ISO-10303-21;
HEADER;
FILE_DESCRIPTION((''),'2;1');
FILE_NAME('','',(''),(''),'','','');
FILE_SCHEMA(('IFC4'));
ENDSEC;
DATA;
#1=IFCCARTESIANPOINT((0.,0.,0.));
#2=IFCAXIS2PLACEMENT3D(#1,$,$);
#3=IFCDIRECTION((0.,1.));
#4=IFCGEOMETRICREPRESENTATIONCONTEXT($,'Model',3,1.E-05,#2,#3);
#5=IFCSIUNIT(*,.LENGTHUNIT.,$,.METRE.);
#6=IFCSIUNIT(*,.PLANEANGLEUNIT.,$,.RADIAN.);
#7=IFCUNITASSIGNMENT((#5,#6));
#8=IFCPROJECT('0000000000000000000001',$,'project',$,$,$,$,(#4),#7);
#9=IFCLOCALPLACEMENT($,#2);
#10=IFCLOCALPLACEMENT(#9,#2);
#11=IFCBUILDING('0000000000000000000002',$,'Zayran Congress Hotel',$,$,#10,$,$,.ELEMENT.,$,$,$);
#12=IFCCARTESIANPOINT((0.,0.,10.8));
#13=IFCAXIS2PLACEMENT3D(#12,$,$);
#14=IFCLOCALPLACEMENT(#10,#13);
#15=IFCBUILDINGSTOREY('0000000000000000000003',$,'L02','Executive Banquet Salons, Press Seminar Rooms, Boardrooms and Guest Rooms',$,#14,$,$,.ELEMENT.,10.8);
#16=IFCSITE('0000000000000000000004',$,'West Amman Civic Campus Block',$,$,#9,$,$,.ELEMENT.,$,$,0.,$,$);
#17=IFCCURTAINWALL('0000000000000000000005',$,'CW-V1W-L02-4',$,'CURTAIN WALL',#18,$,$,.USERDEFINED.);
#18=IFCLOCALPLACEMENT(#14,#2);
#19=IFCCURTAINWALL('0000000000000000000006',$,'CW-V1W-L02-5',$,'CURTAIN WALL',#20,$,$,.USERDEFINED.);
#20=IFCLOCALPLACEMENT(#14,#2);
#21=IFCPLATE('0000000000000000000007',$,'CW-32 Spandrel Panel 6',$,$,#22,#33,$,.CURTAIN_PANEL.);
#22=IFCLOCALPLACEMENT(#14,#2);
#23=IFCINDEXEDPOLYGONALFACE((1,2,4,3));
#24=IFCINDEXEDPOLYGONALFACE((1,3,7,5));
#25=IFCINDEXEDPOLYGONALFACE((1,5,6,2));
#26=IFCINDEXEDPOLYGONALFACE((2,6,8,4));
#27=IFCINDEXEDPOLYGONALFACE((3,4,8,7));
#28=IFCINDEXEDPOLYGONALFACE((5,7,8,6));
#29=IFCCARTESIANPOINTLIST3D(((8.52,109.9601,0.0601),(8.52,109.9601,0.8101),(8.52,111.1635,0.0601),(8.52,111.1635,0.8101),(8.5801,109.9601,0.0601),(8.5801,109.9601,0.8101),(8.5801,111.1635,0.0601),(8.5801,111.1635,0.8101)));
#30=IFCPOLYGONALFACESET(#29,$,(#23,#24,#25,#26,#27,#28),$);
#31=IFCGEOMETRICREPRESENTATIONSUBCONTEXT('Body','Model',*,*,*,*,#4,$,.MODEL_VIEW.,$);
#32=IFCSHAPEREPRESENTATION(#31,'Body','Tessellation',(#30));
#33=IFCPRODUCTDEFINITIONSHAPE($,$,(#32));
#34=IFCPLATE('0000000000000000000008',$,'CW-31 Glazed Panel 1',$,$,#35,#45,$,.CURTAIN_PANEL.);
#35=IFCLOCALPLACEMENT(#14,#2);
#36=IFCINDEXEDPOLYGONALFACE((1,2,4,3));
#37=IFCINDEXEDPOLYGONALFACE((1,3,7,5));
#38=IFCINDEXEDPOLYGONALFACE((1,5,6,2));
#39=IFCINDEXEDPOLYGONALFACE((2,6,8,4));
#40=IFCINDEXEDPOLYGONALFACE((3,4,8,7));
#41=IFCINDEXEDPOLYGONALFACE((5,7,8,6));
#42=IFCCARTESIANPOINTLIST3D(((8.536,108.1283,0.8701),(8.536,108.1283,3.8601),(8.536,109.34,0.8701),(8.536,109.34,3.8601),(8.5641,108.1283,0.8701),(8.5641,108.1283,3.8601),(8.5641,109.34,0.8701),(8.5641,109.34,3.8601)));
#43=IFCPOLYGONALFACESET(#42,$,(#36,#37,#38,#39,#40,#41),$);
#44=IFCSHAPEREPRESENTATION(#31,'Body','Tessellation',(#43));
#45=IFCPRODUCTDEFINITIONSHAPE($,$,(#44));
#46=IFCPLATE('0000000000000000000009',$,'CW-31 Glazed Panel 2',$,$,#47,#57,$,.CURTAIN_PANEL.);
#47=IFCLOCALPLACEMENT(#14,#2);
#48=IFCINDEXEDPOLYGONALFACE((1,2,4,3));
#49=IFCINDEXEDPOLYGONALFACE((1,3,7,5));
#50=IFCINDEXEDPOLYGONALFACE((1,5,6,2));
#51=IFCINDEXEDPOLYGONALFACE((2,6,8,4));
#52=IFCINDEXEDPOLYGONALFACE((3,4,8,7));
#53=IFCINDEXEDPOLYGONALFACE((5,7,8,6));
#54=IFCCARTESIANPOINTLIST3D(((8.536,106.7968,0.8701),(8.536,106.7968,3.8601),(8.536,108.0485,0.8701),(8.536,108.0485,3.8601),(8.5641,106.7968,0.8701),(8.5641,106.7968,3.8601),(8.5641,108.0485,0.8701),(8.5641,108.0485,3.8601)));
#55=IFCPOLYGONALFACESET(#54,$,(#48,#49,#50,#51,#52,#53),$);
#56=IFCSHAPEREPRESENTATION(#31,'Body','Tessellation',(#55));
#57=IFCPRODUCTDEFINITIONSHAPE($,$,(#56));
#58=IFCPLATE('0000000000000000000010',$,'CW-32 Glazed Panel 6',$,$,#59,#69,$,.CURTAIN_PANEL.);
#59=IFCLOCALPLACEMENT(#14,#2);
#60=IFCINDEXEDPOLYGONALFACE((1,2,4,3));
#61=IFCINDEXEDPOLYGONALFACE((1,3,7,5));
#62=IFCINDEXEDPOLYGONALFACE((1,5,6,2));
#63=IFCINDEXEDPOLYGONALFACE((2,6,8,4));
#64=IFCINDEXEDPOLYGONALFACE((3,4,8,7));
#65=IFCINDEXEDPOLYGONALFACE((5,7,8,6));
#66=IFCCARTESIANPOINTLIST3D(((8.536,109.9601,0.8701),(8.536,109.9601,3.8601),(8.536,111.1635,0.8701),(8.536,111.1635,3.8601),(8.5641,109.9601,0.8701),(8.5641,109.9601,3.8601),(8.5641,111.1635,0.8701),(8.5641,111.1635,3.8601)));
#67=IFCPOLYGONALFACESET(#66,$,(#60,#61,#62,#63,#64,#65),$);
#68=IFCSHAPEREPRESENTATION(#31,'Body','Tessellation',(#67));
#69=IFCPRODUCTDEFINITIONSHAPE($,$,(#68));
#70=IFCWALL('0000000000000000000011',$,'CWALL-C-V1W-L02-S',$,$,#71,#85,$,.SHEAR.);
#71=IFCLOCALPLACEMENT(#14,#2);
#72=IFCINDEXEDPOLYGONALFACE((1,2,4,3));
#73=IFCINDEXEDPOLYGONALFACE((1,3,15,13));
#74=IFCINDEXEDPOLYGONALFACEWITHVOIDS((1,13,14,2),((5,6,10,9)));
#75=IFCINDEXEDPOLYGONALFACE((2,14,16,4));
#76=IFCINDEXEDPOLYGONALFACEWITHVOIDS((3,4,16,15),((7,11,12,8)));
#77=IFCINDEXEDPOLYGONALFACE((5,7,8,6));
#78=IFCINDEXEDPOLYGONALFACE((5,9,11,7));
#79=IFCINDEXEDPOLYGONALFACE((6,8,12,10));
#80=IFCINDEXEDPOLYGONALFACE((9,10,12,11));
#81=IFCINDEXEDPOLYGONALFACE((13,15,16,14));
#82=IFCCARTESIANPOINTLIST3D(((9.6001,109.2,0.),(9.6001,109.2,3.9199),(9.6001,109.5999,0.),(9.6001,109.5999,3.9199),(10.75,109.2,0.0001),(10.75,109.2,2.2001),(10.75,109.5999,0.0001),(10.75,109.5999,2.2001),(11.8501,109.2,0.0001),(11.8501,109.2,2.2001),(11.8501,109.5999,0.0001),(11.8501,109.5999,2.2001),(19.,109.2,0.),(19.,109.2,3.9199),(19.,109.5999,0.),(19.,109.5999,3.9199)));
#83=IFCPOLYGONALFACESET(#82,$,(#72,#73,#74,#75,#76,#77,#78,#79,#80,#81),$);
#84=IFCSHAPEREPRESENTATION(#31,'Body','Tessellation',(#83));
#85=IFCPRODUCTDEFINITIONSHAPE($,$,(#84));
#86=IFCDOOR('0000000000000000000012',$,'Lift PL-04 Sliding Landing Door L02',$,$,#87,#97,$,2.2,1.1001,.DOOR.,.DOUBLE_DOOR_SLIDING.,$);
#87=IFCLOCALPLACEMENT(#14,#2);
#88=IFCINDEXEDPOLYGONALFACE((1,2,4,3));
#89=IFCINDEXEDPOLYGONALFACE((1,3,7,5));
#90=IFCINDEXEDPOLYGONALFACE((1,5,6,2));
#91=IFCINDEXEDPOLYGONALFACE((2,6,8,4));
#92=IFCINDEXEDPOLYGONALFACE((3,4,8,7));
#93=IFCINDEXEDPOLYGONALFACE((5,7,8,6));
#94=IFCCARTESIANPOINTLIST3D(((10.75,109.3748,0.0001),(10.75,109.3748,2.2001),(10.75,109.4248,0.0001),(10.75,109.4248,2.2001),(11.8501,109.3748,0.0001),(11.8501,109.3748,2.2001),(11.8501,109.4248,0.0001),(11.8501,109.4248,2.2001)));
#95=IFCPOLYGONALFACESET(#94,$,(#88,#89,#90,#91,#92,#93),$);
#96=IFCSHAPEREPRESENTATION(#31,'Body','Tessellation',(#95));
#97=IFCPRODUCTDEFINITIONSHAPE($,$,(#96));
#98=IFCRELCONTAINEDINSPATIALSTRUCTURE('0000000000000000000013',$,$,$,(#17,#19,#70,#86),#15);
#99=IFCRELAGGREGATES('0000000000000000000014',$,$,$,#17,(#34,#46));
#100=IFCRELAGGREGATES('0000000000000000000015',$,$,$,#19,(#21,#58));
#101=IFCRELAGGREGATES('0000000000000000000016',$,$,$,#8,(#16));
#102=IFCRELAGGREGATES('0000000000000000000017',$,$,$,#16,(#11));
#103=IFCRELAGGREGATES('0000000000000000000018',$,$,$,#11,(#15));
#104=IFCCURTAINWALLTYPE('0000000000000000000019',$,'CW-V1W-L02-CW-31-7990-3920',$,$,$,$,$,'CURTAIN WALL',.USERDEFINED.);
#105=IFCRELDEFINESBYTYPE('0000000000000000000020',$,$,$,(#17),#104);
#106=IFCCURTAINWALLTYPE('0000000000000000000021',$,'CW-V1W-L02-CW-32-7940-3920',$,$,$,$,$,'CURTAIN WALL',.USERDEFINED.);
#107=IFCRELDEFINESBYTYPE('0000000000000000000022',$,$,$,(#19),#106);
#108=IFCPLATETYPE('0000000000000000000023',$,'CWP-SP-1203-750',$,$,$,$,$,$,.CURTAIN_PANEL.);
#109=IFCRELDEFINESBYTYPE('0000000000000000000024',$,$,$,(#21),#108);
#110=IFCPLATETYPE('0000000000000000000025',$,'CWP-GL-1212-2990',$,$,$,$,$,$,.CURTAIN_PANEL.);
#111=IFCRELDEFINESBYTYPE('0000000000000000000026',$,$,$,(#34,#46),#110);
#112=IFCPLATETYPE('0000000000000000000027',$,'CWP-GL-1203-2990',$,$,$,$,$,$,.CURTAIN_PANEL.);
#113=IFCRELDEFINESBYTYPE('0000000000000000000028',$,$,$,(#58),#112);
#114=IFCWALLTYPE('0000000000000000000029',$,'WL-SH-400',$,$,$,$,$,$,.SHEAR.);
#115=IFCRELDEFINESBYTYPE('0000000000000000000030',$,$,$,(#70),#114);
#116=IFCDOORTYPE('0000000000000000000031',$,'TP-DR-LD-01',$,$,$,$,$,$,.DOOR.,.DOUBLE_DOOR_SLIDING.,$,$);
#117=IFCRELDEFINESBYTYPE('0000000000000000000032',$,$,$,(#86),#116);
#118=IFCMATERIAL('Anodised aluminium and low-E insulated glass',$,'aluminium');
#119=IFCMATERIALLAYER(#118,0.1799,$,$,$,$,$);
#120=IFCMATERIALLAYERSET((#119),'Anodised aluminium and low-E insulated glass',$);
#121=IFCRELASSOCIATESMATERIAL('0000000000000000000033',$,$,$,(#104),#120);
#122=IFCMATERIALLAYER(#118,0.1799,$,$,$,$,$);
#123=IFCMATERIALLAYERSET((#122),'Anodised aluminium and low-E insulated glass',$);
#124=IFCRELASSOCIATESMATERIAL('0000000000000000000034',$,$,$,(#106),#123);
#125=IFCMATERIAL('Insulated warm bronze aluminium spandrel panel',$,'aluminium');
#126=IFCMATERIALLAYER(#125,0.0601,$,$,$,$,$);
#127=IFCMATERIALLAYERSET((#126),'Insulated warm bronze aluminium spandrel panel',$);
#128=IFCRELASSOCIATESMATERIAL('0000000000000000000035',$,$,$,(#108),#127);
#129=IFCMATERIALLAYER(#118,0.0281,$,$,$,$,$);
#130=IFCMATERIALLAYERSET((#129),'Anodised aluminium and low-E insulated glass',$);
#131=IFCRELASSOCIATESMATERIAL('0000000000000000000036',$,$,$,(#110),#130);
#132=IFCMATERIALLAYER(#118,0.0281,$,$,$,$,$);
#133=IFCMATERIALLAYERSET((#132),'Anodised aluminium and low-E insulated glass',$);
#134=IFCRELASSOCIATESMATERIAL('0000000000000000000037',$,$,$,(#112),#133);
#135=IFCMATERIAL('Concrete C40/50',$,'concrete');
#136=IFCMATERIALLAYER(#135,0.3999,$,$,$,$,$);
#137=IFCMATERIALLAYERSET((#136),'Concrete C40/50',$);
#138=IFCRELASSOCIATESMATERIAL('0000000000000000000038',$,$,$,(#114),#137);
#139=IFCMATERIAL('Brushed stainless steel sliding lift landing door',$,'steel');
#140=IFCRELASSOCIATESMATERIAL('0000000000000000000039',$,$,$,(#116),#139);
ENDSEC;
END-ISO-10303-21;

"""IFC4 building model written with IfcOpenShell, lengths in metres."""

from ifc_helpers import new_model, si_unit, direction, frame, frame_2d, origin, origin_2d, place, context, subcontext, project, spatial, rectangle, extrude, material, layer, layer_set, type_object, element, fill, aggregate, save


model = new_model("IFC4")

# Units and contexts
model_context = context("Model", 3, precision=1e-05, world=origin(), true_north=direction((0.0, 1.0)))
body_context = subcontext(model_context, "Body", "Model", "MODEL_VIEW")
ifc_project = project(units=[si_unit("LENGTHUNIT", "METRE"), si_unit("PLANEANGLEUNIT", "RADIAN")], contexts=[model_context])

# Site, building, storey
site_placement = place(None, origin())
site = spatial("IfcSite", under=ifc_project, at=site_placement, Name="West Amman Civic Campus Block", CompositionType="ELEMENT", RefElevation=0.0)
building_placement = place(site_placement, origin())
building = spatial("IfcBuilding", under=site, at=building_placement, Name="Zayran Congress Hotel", CompositionType="ELEMENT")
storey_placement = place(building_placement, frame((0.0, 0.0, 10.8)))
storey = spatial("IfcBuildingStorey", under=building, at=storey_placement, Name="L02", Description="Executive Banquet Salons, Press Seminar Rooms, Boardrooms and Guest Rooms", CompositionType="ELEMENT", Elevation=10.8)

# Curtain wall
ifc_material_1 = material(Name="Anodised aluminium and low-E insulated glass", Category="aluminium")
ifc_layer_1 = layer(ifc_material_1, 0.1799)
ifc_layer_set_1 = layer_set([ifc_layer_1], Name="Anodised aluminium and low-E insulated glass")
curtain_wall_type_1 = type_object("IfcCurtainWallType", Name="CW-V1W-L02-CW-31-7990-3920", ElementType="CURTAIN WALL", PredefinedType="USERDEFINED", material=ifc_layer_set_1)
curtain_wall_1_placement = place(storey_placement, origin())
curtain_wall_1 = element("IfcCurtainWall", 1, at=curtain_wall_1_placement, inside=storey, type_object=curtain_wall_type_1, Name="CW-V1W-L02-4", ObjectType="CURTAIN WALL", PredefinedType="USERDEFINED")

# Curtain wall
ifc_layer_2 = layer(ifc_material_1, 0.1799)
ifc_layer_set_2 = layer_set([ifc_layer_2], Name="Anodised aluminium and low-E insulated glass")
curtain_wall_type_2 = type_object("IfcCurtainWallType", Name="CW-V1W-L02-CW-32-7940-3920", ElementType="CURTAIN WALL", PredefinedType="USERDEFINED", material=ifc_layer_set_2)
curtain_wall_2_placement = place(storey_placement, origin())
curtain_wall_2 = element("IfcCurtainWall", 2, at=curtain_wall_2_placement, inside=storey, type_object=curtain_wall_type_2, Name="CW-V1W-L02-5", ObjectType="CURTAIN WALL", PredefinedType="USERDEFINED")

# Plates
ifc_material_2 = material(Name="Insulated warm bronze aluminium spandrel panel", Category="aluminium")
ifc_layer_3 = layer(ifc_material_2, 0.0601)
ifc_layer_set_3 = layer_set([ifc_layer_3], Name="Insulated warm bronze aluminium spandrel panel")
plate_type_1 = type_object("IfcPlateType", Name="CWP-SP-1203-750", PredefinedType="CURTAIN_PANEL", material=ifc_layer_set_3)
plate_1_placement = place(storey_placement, frame((8.55, 110.5618, 0.0601), z_axis=(0.0, 0.0, 1.0), x_axis=(0.0, 1.0, 0.0)))
plate_1 = element("IfcPlate", 3, at=plate_1_placement, type_object=plate_type_1, Name="CW-32 Spandrel Panel 6", PredefinedType="CURTAIN_PANEL", context=body_context, shape_type="SweptSolid", body=[
    extrude(rectangle(XDim=1.2034, YDim=0.0601, at=origin_2d()), origin(), (0.0, 0.0, 1.0), 0.75),
])
ifc_layer_4 = layer(ifc_material_1, 0.0281)
ifc_layer_set_4 = layer_set([ifc_layer_4], Name="Anodised aluminium and low-E insulated glass")
plate_type_2 = type_object("IfcPlateType", Name="CWP-GL-1212-2990", PredefinedType="CURTAIN_PANEL", material=ifc_layer_set_4)
plate_2_placement = place(storey_placement, frame((8.55, 108.7341, 0.8701), z_axis=(0.0, 0.0, 1.0), x_axis=(0.0, 1.0, 0.0)))
plate_2 = element("IfcPlate", 4, at=plate_2_placement, type_object=plate_type_2, Name="CW-31 Glazed Panel 1", PredefinedType="CURTAIN_PANEL", context=body_context, shape_type="SweptSolid", body=[
    extrude(rectangle(XDim=1.2117, YDim=0.0281, at=origin_2d()), origin(), (0.0, 0.0, 1.0), 2.99),
])
plate_3_placement = place(storey_placement, frame((8.55, 107.4226, 0.8701), z_axis=(0.0, 0.0, 1.0), x_axis=(0.0, 1.0, 0.0)))
plate_3 = element("IfcPlate", 5, at=plate_3_placement, type_object=plate_type_2, Name="CW-31 Glazed Panel 2", PredefinedType="CURTAIN_PANEL", context=body_context, shape_type="SweptSolid", body=[
    extrude(rectangle(XDim=1.2517, YDim=0.0281, at=origin_2d()), origin(), (0.0, 0.0, 1.0), 2.99),
])
aggregate(curtain_wall_1, [plate_2, plate_3])
ifc_layer_5 = layer(ifc_material_1, 0.0281)
ifc_layer_set_5 = layer_set([ifc_layer_5], Name="Anodised aluminium and low-E insulated glass")
plate_type_3 = type_object("IfcPlateType", Name="CWP-GL-1203-2990", PredefinedType="CURTAIN_PANEL", material=ifc_layer_set_5)
plate_4_placement = place(storey_placement, frame((8.55, 110.5618, 0.8701), z_axis=(0.0, 0.0, 1.0), x_axis=(0.0, 1.0, 0.0)))
plate_4 = element("IfcPlate", 6, at=plate_4_placement, type_object=plate_type_3, Name="CW-32 Glazed Panel 6", PredefinedType="CURTAIN_PANEL", context=body_context, shape_type="SweptSolid", body=[
    extrude(rectangle(XDim=1.2034, YDim=0.0281, at=origin_2d()), origin(), (0.0, 0.0, 1.0), 2.99),
])
aggregate(curtain_wall_2, [plate_1, plate_4])

# Wall, opening, door
ifc_material_3 = material(Name="Concrete C40/50", Category="concrete")
ifc_layer_6 = layer(ifc_material_3, 0.3999)
ifc_layer_set_6 = layer_set([ifc_layer_6], Name="Concrete C40/50")
wall_type = type_object("IfcWallType", Name="WL-SH-400", PredefinedType="SHEAR", material=ifc_layer_set_6)
wall_placement = place(storey_placement, frame((9.6001, 109.3999, 0.0), z_axis=(0.0, 0.0, 1.0), x_axis=(1.0, 0.0, 0.0)))
wall = element("IfcWall", 7, at=wall_placement, inside=storey, type_object=wall_type, Name="CWALL-C-V1W-L02-S", PredefinedType="SHEAR", context=body_context, shape_type="SweptSolid", body=[
    extrude(rectangle(XDim=9.3999, YDim=0.3999, at=frame_2d((4.7, 0.0))), origin(), (0.0, 0.0, 1.0), 3.9199),
])
opening_placement = place(wall_placement, frame((1.1499, 0.0, 0.0)))
opening = element("IfcOpeningElement", 8, at=opening_placement, cuts=wall, PredefinedType="OPENING", context=body_context, shape_type="SweptSolid", body=[
    extrude(rectangle(XDim=1.1001, YDim=2.2, at=frame_2d((0.55, 1.1001))), frame((0.0, 0.21, 0.0), z_axis=(0.0, -1.0, 0.0), x_axis=(1.0, 0.0, 0.0)), (0.0, 0.0, 1.0), 0.4199),
])
ifc_material_4 = material(Name="Brushed stainless steel sliding lift landing door", Category="steel")
door_type = type_object("IfcDoorType", Name="TP-DR-LD-01", OperationType="DOUBLE_DOOR_SLIDING", PredefinedType="DOOR", material=ifc_material_4)
door_placement = place(opening_placement, origin())
door = element("IfcDoor", 9, at=door_placement, inside=storey, type_object=door_type, Name="Lift PL-04 Sliding Landing Door L02", OperationType="DOUBLE_DOOR_SLIDING", OverallHeight=2.2, OverallWidth=1.1001, PredefinedType="DOOR", context=body_context, shape_type="SweptSolid", body=[
    extrude(rectangle(XDim=1.1001, YDim=2.2, at=frame_2d((0.55, 1.1001))), frame((0.0, 0.0249, 0.0), z_axis=(0.0, -1.0, 0.0), x_axis=(1.0, 0.0, 0.0)), (0.0, 0.0, 1.0), 0.05),
])
fill(opening, door)

save(model, "model.ifc")
